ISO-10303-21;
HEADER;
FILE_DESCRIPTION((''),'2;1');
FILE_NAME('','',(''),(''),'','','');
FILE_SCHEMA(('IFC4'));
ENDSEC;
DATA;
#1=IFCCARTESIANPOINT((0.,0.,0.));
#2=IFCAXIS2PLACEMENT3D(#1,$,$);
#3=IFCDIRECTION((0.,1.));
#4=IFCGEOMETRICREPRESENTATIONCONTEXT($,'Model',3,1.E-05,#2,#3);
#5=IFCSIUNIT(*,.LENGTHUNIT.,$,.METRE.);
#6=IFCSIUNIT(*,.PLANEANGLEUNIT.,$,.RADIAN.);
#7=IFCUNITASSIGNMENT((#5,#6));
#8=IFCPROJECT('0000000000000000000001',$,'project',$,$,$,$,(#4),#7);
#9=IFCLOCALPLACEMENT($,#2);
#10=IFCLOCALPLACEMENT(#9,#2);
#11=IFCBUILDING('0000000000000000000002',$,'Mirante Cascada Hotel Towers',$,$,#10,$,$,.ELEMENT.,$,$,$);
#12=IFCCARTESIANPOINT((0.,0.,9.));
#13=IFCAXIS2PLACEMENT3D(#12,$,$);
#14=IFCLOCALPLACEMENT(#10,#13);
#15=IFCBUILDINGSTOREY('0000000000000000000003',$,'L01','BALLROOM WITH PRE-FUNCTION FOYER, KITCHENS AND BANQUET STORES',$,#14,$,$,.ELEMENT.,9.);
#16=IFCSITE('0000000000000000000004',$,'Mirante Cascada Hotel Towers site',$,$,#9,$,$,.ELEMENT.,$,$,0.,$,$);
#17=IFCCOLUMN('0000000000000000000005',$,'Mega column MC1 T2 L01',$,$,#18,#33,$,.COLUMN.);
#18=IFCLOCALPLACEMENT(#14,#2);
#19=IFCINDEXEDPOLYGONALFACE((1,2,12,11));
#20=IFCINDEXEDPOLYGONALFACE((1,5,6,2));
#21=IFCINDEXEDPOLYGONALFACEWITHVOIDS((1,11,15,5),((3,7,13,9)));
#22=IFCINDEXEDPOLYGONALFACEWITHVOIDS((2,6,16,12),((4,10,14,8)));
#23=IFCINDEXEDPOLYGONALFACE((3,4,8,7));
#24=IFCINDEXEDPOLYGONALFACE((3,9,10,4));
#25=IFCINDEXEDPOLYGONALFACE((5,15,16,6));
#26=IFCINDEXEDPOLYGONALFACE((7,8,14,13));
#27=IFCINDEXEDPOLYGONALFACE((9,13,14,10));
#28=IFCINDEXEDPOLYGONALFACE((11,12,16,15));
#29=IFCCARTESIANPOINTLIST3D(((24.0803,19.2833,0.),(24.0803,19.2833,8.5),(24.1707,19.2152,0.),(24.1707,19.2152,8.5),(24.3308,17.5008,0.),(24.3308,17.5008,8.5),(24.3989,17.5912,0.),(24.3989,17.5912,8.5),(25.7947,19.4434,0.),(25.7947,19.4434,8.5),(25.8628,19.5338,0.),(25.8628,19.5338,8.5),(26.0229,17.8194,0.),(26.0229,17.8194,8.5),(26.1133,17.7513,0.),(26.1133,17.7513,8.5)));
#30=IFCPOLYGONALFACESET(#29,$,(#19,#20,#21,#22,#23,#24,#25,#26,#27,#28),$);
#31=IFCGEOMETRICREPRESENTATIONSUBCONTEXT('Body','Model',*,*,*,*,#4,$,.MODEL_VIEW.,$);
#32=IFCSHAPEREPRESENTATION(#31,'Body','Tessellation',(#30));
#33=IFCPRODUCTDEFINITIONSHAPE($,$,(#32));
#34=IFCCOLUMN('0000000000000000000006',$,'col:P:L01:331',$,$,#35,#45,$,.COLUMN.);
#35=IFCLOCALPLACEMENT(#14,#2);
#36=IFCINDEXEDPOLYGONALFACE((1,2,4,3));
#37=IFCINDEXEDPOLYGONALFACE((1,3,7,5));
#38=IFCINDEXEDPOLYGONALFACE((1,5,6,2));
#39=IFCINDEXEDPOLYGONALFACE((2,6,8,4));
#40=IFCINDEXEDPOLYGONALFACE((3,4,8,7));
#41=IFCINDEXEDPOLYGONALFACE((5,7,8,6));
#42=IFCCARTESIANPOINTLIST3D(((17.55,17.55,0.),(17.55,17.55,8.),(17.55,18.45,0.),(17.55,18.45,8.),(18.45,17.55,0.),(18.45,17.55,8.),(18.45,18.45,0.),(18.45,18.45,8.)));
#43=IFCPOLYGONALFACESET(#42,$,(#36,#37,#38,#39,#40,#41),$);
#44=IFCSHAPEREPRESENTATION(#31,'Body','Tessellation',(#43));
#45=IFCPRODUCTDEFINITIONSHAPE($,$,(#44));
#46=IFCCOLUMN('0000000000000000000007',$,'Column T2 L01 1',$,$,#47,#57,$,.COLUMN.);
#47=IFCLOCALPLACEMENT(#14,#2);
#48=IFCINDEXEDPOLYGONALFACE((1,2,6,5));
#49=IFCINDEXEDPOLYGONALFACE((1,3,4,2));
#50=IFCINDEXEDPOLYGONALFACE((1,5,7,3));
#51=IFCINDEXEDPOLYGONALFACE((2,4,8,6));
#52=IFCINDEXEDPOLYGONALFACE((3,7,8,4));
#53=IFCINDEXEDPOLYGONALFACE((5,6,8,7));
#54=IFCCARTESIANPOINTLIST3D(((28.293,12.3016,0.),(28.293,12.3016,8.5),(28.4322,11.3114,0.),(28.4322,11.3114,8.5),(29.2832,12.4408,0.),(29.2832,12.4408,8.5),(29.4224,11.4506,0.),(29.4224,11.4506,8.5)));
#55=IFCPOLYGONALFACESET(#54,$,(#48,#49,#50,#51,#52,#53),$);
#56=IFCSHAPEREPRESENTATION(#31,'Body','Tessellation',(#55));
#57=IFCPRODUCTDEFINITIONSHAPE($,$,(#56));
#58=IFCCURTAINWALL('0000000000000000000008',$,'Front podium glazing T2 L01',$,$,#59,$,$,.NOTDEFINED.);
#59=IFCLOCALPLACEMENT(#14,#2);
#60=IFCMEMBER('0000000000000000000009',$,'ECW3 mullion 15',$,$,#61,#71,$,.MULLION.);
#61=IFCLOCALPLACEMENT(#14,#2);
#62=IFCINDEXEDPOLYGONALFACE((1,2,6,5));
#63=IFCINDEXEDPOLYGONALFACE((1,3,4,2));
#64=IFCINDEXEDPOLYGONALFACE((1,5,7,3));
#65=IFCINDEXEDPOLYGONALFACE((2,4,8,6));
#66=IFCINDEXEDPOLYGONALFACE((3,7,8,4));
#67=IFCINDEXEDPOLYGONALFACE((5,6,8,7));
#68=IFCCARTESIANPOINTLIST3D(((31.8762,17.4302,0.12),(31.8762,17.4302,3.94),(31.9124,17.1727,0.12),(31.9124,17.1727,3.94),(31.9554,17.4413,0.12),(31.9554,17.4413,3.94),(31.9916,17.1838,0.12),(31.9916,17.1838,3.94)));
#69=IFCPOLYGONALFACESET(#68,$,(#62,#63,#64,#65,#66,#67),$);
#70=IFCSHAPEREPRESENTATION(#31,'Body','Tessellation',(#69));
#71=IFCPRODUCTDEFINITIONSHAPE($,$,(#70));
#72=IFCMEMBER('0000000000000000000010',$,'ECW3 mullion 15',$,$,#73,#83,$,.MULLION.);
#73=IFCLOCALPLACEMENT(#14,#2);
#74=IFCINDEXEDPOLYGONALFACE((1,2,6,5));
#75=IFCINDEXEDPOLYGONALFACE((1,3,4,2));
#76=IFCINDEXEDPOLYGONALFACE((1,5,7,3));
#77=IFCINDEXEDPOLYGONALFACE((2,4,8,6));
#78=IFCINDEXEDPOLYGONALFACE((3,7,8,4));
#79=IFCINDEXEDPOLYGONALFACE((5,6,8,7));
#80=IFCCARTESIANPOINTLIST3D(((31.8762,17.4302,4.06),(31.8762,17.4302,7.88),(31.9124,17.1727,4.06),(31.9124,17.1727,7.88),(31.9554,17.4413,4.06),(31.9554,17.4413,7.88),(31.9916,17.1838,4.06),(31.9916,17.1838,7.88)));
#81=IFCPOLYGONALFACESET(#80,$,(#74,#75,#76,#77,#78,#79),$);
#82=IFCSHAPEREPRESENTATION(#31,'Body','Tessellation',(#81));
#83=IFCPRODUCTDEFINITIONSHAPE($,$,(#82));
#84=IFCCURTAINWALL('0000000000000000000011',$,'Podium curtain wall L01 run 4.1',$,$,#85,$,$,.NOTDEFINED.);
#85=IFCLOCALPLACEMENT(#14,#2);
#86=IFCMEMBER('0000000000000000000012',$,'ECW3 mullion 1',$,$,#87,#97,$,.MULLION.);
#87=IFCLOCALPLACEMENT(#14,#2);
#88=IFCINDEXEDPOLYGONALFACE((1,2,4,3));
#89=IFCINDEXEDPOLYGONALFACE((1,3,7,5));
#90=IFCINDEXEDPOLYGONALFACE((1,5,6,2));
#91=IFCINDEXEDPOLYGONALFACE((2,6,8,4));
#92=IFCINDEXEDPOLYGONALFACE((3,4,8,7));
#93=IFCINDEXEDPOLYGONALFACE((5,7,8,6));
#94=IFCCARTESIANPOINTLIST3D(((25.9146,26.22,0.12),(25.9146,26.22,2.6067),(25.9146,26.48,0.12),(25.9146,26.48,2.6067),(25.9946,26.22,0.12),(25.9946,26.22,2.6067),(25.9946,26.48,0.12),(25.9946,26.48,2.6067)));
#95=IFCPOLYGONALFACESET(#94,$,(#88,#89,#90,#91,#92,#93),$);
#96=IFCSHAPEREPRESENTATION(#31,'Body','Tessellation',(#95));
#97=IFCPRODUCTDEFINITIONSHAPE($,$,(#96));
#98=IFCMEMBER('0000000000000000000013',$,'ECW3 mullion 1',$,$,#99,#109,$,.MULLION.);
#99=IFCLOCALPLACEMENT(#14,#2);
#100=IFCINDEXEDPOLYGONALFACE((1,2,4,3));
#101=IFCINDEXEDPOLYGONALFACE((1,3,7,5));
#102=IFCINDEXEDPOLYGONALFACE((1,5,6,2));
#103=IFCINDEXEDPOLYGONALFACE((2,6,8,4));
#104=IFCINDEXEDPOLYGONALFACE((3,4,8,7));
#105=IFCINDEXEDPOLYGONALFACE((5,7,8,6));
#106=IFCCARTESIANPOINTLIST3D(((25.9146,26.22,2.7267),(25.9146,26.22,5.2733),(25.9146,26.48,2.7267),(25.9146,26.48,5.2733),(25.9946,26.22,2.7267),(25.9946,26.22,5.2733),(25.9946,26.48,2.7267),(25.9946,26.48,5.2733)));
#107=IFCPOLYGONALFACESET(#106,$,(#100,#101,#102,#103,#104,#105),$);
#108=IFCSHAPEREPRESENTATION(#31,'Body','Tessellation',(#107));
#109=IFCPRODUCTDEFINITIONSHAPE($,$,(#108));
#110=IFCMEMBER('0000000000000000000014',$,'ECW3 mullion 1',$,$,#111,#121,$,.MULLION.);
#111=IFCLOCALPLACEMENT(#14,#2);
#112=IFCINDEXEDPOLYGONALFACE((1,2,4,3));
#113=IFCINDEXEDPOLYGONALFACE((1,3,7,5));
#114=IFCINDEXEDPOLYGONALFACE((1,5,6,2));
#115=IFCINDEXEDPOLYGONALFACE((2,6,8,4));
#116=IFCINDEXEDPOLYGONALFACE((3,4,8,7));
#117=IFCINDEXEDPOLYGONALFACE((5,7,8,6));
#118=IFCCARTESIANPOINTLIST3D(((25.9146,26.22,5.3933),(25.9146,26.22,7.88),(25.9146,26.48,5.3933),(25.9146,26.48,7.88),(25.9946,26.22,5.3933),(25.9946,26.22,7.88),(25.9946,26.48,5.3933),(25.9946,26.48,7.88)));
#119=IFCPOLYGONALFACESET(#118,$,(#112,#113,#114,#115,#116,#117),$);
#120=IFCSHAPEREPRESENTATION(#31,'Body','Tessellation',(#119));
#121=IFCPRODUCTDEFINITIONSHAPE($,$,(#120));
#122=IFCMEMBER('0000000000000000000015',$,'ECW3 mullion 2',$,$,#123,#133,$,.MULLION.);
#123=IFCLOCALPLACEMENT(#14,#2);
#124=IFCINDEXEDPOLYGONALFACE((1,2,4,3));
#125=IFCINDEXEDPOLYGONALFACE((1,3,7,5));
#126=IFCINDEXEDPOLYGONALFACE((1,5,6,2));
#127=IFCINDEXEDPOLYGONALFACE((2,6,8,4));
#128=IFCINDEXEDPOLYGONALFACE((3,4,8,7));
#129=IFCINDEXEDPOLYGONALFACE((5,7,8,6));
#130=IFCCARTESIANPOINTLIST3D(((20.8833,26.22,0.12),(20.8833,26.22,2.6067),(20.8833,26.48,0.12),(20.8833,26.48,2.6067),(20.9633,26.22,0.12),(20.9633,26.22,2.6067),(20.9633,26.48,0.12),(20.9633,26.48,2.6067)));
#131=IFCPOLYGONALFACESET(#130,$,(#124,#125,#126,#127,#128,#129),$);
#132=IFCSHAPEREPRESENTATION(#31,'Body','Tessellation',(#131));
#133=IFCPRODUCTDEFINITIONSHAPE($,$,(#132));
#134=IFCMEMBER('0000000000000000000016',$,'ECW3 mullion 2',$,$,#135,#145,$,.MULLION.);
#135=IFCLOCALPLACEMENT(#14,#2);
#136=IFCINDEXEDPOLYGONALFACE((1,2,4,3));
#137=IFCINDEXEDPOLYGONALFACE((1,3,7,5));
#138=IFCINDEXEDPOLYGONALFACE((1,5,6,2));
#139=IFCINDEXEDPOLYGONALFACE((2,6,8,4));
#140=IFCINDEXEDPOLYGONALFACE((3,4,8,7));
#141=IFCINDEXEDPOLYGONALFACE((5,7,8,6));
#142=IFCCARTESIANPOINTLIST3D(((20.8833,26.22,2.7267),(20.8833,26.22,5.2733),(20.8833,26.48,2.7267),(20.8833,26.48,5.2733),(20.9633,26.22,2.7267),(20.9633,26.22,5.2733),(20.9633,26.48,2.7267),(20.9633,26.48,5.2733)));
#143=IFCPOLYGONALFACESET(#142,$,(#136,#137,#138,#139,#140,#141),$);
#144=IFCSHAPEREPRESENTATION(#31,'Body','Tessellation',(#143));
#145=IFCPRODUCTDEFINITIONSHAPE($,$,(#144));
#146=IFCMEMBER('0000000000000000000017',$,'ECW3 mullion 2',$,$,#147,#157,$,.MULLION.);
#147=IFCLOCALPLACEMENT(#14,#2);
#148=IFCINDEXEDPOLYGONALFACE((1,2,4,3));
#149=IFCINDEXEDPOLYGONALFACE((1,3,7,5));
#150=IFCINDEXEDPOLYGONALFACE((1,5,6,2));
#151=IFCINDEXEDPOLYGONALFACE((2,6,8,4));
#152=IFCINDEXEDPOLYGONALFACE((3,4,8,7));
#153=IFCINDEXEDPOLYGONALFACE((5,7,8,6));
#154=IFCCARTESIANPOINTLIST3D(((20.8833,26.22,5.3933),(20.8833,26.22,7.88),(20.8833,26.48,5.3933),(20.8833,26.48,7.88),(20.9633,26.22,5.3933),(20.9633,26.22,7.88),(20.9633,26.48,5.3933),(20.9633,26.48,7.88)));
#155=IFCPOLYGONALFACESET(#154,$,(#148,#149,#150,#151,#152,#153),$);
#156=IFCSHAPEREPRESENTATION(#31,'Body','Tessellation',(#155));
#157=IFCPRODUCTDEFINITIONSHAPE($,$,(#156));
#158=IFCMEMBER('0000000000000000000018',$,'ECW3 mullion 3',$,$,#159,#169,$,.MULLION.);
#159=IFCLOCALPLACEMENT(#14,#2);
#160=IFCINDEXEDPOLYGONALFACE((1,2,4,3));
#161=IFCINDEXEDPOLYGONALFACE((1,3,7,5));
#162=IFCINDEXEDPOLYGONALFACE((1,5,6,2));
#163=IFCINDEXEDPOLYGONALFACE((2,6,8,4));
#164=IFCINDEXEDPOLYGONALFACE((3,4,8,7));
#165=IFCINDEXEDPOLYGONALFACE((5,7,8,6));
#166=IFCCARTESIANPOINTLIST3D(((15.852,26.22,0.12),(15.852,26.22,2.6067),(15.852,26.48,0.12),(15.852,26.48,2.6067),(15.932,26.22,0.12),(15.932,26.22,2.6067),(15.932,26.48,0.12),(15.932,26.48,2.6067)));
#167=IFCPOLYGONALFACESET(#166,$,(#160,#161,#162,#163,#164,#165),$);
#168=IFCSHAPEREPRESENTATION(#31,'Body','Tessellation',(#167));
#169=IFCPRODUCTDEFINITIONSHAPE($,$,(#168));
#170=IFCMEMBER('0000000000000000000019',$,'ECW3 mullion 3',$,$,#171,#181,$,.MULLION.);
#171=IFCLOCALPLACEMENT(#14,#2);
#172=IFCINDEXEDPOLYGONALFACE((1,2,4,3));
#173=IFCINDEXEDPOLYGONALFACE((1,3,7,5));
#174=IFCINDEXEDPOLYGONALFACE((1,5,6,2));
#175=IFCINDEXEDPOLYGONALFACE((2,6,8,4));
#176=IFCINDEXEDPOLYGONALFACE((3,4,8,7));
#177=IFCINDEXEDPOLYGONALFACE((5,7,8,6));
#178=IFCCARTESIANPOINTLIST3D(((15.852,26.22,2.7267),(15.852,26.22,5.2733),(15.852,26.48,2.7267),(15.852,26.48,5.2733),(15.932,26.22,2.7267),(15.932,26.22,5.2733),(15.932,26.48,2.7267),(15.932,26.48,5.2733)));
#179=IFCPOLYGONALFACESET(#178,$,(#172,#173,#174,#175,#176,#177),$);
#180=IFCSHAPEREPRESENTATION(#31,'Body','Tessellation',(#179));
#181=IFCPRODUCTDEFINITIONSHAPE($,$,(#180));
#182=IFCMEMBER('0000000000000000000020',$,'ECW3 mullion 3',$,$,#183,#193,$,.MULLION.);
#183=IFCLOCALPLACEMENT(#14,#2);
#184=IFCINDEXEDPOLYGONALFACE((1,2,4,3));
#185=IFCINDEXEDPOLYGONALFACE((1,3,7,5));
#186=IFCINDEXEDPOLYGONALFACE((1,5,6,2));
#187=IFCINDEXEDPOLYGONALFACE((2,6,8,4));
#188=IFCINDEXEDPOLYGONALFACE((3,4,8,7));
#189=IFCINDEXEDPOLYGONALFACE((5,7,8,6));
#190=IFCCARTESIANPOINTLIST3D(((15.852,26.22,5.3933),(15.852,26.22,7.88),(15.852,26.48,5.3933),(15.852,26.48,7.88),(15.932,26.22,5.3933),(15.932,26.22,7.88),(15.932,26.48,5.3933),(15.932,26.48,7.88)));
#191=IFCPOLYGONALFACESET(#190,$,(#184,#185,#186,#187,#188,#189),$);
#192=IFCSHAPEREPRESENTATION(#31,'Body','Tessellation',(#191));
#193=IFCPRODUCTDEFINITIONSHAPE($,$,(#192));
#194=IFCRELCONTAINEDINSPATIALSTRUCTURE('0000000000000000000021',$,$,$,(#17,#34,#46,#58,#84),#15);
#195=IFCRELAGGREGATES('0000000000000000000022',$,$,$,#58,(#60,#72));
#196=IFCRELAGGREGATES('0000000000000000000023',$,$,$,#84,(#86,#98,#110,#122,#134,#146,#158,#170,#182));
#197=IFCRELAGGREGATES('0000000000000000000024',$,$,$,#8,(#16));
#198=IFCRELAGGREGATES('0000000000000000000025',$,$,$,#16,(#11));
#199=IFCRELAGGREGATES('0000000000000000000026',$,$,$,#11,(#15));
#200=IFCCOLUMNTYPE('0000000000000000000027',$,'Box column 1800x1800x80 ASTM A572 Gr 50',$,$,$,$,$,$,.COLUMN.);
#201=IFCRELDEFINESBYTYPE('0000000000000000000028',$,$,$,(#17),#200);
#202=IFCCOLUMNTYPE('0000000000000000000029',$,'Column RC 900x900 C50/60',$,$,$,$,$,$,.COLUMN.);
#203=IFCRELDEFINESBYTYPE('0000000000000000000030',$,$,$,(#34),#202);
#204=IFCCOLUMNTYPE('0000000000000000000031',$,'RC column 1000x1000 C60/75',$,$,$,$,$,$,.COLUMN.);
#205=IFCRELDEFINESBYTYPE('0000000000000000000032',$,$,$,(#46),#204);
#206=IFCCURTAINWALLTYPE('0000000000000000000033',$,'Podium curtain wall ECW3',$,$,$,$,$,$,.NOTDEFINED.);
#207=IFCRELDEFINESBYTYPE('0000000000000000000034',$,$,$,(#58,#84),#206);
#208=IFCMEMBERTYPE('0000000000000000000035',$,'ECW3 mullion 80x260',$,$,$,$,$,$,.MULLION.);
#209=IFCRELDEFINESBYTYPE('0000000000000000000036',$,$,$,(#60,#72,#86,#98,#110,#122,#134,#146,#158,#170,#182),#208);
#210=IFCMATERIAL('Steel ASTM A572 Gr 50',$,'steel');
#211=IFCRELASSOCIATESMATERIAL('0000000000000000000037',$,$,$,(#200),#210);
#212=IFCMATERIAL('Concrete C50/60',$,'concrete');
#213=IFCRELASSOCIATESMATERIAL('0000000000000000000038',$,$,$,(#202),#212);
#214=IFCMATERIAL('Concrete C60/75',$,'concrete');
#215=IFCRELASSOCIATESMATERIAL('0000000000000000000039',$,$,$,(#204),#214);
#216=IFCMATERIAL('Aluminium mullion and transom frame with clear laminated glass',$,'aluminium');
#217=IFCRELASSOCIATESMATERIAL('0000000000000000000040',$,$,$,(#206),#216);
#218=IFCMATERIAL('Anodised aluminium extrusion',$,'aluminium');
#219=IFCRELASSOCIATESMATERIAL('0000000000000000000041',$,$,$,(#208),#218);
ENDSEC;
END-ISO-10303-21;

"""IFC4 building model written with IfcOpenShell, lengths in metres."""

from ifc_helpers import new_model, si_unit, direction, frame, origin, origin_2d, place, context, subcontext, project, spatial, rectangle, hollow_rectangle, extrude, material, material_profile, profile_set, type_object, element, aggregate, save


model = new_model("IFC4")

# Units and contexts
model_context = context("Model", 3, precision=1e-05, world=origin(), true_north=direction((0.0, 1.0)))
body_context = subcontext(model_context, "Body", "Model", "MODEL_VIEW")
ifc_project = project(units=[si_unit("LENGTHUNIT", "METRE"), si_unit("PLANEANGLEUNIT", "RADIAN")], contexts=[model_context])

# Site, building, storey
site_placement = place(None, origin())
site = spatial("IfcSite", under=ifc_project, at=site_placement, Name="Mirante Cascada Hotel Towers site", CompositionType="ELEMENT", RefElevation=0.0)
building_placement = place(site_placement, origin())
building = spatial("IfcBuilding", under=site, at=building_placement, Name="Mirante Cascada Hotel Towers", CompositionType="ELEMENT")
storey_placement = place(building_placement, frame((0.0, 0.0, 9.0)))
storey = spatial("IfcBuildingStorey", under=building, at=storey_placement, Name="L01", Description="BALLROOM WITH PRE-FUNCTION FOYER, KITCHENS AND BANQUET STORES", CompositionType="ELEMENT", Elevation=9.0)

# Columns
ifc_material_1 = material(Name="Steel ASTM A572 Gr 50", Category="steel")
ifc_material_profile_1 = material_profile(ifc_material_1, hollow_rectangle(XDim=1.8, YDim=1.8, WallThickness=0.08, at=origin_2d()), Name="Box column 1800x1800x80 ASTM A572 Gr 50")
ifc_profile_set_1 = profile_set([ifc_material_profile_1], Name="Steel ASTM A572 Gr 50")
column_type_1 = type_object("IfcColumnType", Name="Box column 1800x1800x80 ASTM A572 Gr 50", PredefinedType="COLUMN", material=ifc_profile_set_1)
column_1_placement = place(storey_placement, frame((25.0968, 18.5173, 0.0), z_axis=(0.0, 0.0, 1.0), x_axis=(0.990268, 0.139173, 0.0)))
element("IfcColumn", 1, at=column_1_placement, inside=storey, type_object=column_type_1, Name="Mega column MC1 T2 L01", PredefinedType="COLUMN", context=body_context, shape_type="SweptSolid", body=[
    extrude(hollow_rectangle(XDim=1.8, YDim=1.8, WallThickness=0.08, at=origin_2d()), origin(), (0.0, 0.0, 1.0), 8.5),
])
ifc_material_2 = material(Name="Concrete C50/60", Category="concrete")
ifc_material_profile_2 = material_profile(ifc_material_2, rectangle(XDim=0.9, YDim=0.9, at=origin_2d()), Name="RC 900x900")
ifc_profile_set_2 = profile_set([ifc_material_profile_2], Name="Concrete C50/60")
column_type_2 = type_object("IfcColumnType", Name="Column RC 900x900 C50/60", PredefinedType="COLUMN", material=ifc_profile_set_2)
column_2_placement = place(storey_placement, frame((18.0, 18.0, 0.0), z_axis=(0.0, 0.0, 1.0), x_axis=(1.0, 0.0, 0.0)))
element("IfcColumn", 2, at=column_2_placement, inside=storey, type_object=column_type_2, Name="col:P:L01:331", PredefinedType="COLUMN", context=body_context, shape_type="SweptSolid", body=[
    extrude(rectangle(XDim=0.9, YDim=0.9, at=origin_2d()), origin(), (0.0, 0.0, 1.0), 8.0),
])
ifc_material_3 = material(Name="Concrete C60/75", Category="concrete")
ifc_material_profile_3 = material_profile(ifc_material_3, rectangle(XDim=1.0, YDim=1.0, at=origin_2d()), Name="RC column 1000x1000 C60/75")
ifc_profile_set_3 = profile_set([ifc_material_profile_3], Name="Concrete C60/75")
column_type_3 = type_object("IfcColumnType", Name="RC column 1000x1000 C60/75", PredefinedType="COLUMN", material=ifc_profile_set_3)
column_3_placement = place(storey_placement, frame((28.8577, 11.8761, 0.0), z_axis=(0.0, 0.0, 1.0), x_axis=(0.990268, 0.139173, 0.0)))
element("IfcColumn", 3, at=column_3_placement, inside=storey, type_object=column_type_3, Name="Column T2 L01 1", PredefinedType="COLUMN", context=body_context, shape_type="SweptSolid", body=[
    extrude(rectangle(XDim=1.0, YDim=1.0, at=origin_2d()), origin(), (0.0, 0.0, 1.0), 8.5),
])

# Curtain wall, members
ifc_material_4 = material(Name="Aluminium mullion and transom frame with clear laminated glass", Category="aluminium")
curtain_wall_type = type_object("IfcCurtainWallType", Name="Podium curtain wall ECW3", PredefinedType="NOTDEFINED", material=ifc_material_4)
curtain_wall_1_placement = place(storey_placement, origin())
curtain_wall_1 = element("IfcCurtainWall", 4, at=curtain_wall_1_placement, inside=storey, type_object=curtain_wall_type, Name="Front podium glazing T2 L01", PredefinedType="NOTDEFINED")
ifc_material_5 = material(Name="Anodised aluminium extrusion", Category="aluminium")
ifc_material_profile_4 = material_profile(ifc_material_5, rectangle(XDim=0.26, YDim=0.08, at=origin_2d()), Name="ECW3 MULLION 80x260")
ifc_profile_set_4 = profile_set([ifc_material_profile_4], Name="Anodised aluminium extrusion")
member_type_1 = type_object("IfcMemberType", Name="ECW3 mullion 80x260", PredefinedType="MULLION", material=ifc_profile_set_4)
member_1_placement = place(storey_placement, frame((31.9339, 17.307, 0.12), z_axis=(0.0, 0.0, 1.0), x_axis=(0.139173, -0.990268, 0.0)))
member_1 = element("IfcMember", 5, at=member_1_placement, type_object=member_type_1, Name="ECW3 mullion 15", PredefinedType="MULLION", context=body_context, shape_type="SweptSolid", body=[
    extrude(rectangle(XDim=0.26, YDim=0.08, at=origin_2d()), origin(), (0.0, 0.0, 1.0), 3.82),
])
member_2_placement = place(storey_placement, frame((31.9339, 17.307, 4.06), z_axis=(0.0, 0.0, 1.0), x_axis=(0.139173, -0.990268, 0.0)))
member_2 = element("IfcMember", 6, at=member_2_placement, type_object=member_type_1, Name="ECW3 mullion 15", PredefinedType="MULLION", context=body_context, shape_type="SweptSolid", body=[
    extrude(rectangle(XDim=0.26, YDim=0.08, at=origin_2d()), origin(), (0.0, 0.0, 1.0), 3.82),
])
aggregate(curtain_wall_1, [member_1, member_2])

# Curtain wall, members
curtain_wall_2_placement = place(storey_placement, origin())
curtain_wall_2 = element("IfcCurtainWall", 7, at=curtain_wall_2_placement, inside=storey, type_object=curtain_wall_type, Name="Podium curtain wall L01 run 4.1", PredefinedType="NOTDEFINED")
member_3_placement = place(storey_placement, frame((25.9546, 26.35, 0.12), z_axis=(0.0, 0.0, 1.0), x_axis=(0.0, -1.0, 0.0)))
member_3 = element("IfcMember", 8, at=member_3_placement, type_object=member_type_1, Name="ECW3 mullion 1", PredefinedType="MULLION", context=body_context, shape_type="SweptSolid", body=[
    extrude(rectangle(XDim=0.26, YDim=0.08, at=origin_2d()), origin(), (0.0, 0.0, 1.0), 2.4867),
])
member_4_placement = place(storey_placement, frame((25.9546, 26.35, 2.7267), z_axis=(0.0, 0.0, 1.0), x_axis=(0.0, -1.0, 0.0)))
member_4 = element("IfcMember", 9, at=member_4_placement, type_object=member_type_1, Name="ECW3 mullion 1", PredefinedType="MULLION", context=body_context, shape_type="SweptSolid", body=[
    extrude(rectangle(XDim=0.26, YDim=0.08, at=origin_2d()), origin(), (0.0, 0.0, 1.0), 2.5466),
])
member_5_placement = place(storey_placement, frame((25.9546, 26.35, 5.3933), z_axis=(0.0, 0.0, 1.0), x_axis=(0.0, -1.0, 0.0)))
member_5 = element("IfcMember", 10, at=member_5_placement, type_object=member_type_1, Name="ECW3 mullion 1", PredefinedType="MULLION", context=body_context, shape_type="SweptSolid", body=[
    extrude(rectangle(XDim=0.26, YDim=0.08, at=origin_2d()), origin(), (0.0, 0.0, 1.0), 2.4867),
])
member_6_placement = place(storey_placement, frame((20.9233, 26.35, 0.12), z_axis=(0.0, 0.0, 1.0), x_axis=(0.0, -1.0, 0.0)))
member_6 = element("IfcMember", 11, at=member_6_placement, type_object=member_type_1, Name="ECW3 mullion 2", PredefinedType="MULLION", context=body_context, shape_type="SweptSolid", body=[
    extrude(rectangle(XDim=0.26, YDim=0.08, at=origin_2d()), origin(), (0.0, 0.0, 1.0), 2.4867),
])
member_7_placement = place(storey_placement, frame((20.9233, 26.35, 2.7267), z_axis=(0.0, 0.0, 1.0), x_axis=(0.0, -1.0, 0.0)))
member_7 = element("IfcMember", 12, at=member_7_placement, type_object=member_type_1, Name="ECW3 mullion 2", PredefinedType="MULLION", context=body_context, shape_type="SweptSolid", body=[
    extrude(rectangle(XDim=0.26, YDim=0.08, at=origin_2d()), origin(), (0.0, 0.0, 1.0), 2.5466),
])
member_8_placement = place(storey_placement, frame((20.9233, 26.35, 5.3933), z_axis=(0.0, 0.0, 1.0), x_axis=(0.0, -1.0, 0.0)))
member_8 = element("IfcMember", 13, at=member_8_placement, type_object=member_type_1, Name="ECW3 mullion 2", PredefinedType="MULLION", context=body_context, shape_type="SweptSolid", body=[
    extrude(rectangle(XDim=0.26, YDim=0.08, at=origin_2d()), origin(), (0.0, 0.0, 1.0), 2.4867),
])
member_9_placement = place(storey_placement, frame((15.892, 26.35, 0.12), z_axis=(0.0, 0.0, 1.0), x_axis=(0.0, -1.0, 0.0)))
member_9 = element("IfcMember", 14, at=member_9_placement, type_object=member_type_1, Name="ECW3 mullion 3", PredefinedType="MULLION", context=body_context, shape_type="SweptSolid", body=[
    extrude(rectangle(XDim=0.26, YDim=0.08, at=origin_2d()), origin(), (0.0, 0.0, 1.0), 2.4867),
])
member_10_placement = place(storey_placement, frame((15.892, 26.35, 2.7267), z_axis=(0.0, 0.0, 1.0), x_axis=(0.0, -1.0, 0.0)))
member_10 = element("IfcMember", 15, at=member_10_placement, type_object=member_type_1, Name="ECW3 mullion 3", PredefinedType="MULLION", context=body_context, shape_type="SweptSolid", body=[
    extrude(rectangle(XDim=0.26, YDim=0.08, at=origin_2d()), origin(), (0.0, 0.0, 1.0), 2.5466),
])
member_11_placement = place(storey_placement, frame((15.892, 26.35, 5.3933), z_axis=(0.0, 0.0, 1.0), x_axis=(0.0, -1.0, 0.0)))
member_11 = element("IfcMember", 16, at=member_11_placement, type_object=member_type_1, Name="ECW3 mullion 3", PredefinedType="MULLION", context=body_context, shape_type="SweptSolid", body=[
    extrude(rectangle(XDim=0.26, YDim=0.08, at=origin_2d()), origin(), (0.0, 0.0, 1.0), 2.4867),
])
aggregate(curtain_wall_2, [member_3, member_4, member_5, member_6, member_7, member_8, member_9, member_10, member_11])

save(model, "model.ifc")
